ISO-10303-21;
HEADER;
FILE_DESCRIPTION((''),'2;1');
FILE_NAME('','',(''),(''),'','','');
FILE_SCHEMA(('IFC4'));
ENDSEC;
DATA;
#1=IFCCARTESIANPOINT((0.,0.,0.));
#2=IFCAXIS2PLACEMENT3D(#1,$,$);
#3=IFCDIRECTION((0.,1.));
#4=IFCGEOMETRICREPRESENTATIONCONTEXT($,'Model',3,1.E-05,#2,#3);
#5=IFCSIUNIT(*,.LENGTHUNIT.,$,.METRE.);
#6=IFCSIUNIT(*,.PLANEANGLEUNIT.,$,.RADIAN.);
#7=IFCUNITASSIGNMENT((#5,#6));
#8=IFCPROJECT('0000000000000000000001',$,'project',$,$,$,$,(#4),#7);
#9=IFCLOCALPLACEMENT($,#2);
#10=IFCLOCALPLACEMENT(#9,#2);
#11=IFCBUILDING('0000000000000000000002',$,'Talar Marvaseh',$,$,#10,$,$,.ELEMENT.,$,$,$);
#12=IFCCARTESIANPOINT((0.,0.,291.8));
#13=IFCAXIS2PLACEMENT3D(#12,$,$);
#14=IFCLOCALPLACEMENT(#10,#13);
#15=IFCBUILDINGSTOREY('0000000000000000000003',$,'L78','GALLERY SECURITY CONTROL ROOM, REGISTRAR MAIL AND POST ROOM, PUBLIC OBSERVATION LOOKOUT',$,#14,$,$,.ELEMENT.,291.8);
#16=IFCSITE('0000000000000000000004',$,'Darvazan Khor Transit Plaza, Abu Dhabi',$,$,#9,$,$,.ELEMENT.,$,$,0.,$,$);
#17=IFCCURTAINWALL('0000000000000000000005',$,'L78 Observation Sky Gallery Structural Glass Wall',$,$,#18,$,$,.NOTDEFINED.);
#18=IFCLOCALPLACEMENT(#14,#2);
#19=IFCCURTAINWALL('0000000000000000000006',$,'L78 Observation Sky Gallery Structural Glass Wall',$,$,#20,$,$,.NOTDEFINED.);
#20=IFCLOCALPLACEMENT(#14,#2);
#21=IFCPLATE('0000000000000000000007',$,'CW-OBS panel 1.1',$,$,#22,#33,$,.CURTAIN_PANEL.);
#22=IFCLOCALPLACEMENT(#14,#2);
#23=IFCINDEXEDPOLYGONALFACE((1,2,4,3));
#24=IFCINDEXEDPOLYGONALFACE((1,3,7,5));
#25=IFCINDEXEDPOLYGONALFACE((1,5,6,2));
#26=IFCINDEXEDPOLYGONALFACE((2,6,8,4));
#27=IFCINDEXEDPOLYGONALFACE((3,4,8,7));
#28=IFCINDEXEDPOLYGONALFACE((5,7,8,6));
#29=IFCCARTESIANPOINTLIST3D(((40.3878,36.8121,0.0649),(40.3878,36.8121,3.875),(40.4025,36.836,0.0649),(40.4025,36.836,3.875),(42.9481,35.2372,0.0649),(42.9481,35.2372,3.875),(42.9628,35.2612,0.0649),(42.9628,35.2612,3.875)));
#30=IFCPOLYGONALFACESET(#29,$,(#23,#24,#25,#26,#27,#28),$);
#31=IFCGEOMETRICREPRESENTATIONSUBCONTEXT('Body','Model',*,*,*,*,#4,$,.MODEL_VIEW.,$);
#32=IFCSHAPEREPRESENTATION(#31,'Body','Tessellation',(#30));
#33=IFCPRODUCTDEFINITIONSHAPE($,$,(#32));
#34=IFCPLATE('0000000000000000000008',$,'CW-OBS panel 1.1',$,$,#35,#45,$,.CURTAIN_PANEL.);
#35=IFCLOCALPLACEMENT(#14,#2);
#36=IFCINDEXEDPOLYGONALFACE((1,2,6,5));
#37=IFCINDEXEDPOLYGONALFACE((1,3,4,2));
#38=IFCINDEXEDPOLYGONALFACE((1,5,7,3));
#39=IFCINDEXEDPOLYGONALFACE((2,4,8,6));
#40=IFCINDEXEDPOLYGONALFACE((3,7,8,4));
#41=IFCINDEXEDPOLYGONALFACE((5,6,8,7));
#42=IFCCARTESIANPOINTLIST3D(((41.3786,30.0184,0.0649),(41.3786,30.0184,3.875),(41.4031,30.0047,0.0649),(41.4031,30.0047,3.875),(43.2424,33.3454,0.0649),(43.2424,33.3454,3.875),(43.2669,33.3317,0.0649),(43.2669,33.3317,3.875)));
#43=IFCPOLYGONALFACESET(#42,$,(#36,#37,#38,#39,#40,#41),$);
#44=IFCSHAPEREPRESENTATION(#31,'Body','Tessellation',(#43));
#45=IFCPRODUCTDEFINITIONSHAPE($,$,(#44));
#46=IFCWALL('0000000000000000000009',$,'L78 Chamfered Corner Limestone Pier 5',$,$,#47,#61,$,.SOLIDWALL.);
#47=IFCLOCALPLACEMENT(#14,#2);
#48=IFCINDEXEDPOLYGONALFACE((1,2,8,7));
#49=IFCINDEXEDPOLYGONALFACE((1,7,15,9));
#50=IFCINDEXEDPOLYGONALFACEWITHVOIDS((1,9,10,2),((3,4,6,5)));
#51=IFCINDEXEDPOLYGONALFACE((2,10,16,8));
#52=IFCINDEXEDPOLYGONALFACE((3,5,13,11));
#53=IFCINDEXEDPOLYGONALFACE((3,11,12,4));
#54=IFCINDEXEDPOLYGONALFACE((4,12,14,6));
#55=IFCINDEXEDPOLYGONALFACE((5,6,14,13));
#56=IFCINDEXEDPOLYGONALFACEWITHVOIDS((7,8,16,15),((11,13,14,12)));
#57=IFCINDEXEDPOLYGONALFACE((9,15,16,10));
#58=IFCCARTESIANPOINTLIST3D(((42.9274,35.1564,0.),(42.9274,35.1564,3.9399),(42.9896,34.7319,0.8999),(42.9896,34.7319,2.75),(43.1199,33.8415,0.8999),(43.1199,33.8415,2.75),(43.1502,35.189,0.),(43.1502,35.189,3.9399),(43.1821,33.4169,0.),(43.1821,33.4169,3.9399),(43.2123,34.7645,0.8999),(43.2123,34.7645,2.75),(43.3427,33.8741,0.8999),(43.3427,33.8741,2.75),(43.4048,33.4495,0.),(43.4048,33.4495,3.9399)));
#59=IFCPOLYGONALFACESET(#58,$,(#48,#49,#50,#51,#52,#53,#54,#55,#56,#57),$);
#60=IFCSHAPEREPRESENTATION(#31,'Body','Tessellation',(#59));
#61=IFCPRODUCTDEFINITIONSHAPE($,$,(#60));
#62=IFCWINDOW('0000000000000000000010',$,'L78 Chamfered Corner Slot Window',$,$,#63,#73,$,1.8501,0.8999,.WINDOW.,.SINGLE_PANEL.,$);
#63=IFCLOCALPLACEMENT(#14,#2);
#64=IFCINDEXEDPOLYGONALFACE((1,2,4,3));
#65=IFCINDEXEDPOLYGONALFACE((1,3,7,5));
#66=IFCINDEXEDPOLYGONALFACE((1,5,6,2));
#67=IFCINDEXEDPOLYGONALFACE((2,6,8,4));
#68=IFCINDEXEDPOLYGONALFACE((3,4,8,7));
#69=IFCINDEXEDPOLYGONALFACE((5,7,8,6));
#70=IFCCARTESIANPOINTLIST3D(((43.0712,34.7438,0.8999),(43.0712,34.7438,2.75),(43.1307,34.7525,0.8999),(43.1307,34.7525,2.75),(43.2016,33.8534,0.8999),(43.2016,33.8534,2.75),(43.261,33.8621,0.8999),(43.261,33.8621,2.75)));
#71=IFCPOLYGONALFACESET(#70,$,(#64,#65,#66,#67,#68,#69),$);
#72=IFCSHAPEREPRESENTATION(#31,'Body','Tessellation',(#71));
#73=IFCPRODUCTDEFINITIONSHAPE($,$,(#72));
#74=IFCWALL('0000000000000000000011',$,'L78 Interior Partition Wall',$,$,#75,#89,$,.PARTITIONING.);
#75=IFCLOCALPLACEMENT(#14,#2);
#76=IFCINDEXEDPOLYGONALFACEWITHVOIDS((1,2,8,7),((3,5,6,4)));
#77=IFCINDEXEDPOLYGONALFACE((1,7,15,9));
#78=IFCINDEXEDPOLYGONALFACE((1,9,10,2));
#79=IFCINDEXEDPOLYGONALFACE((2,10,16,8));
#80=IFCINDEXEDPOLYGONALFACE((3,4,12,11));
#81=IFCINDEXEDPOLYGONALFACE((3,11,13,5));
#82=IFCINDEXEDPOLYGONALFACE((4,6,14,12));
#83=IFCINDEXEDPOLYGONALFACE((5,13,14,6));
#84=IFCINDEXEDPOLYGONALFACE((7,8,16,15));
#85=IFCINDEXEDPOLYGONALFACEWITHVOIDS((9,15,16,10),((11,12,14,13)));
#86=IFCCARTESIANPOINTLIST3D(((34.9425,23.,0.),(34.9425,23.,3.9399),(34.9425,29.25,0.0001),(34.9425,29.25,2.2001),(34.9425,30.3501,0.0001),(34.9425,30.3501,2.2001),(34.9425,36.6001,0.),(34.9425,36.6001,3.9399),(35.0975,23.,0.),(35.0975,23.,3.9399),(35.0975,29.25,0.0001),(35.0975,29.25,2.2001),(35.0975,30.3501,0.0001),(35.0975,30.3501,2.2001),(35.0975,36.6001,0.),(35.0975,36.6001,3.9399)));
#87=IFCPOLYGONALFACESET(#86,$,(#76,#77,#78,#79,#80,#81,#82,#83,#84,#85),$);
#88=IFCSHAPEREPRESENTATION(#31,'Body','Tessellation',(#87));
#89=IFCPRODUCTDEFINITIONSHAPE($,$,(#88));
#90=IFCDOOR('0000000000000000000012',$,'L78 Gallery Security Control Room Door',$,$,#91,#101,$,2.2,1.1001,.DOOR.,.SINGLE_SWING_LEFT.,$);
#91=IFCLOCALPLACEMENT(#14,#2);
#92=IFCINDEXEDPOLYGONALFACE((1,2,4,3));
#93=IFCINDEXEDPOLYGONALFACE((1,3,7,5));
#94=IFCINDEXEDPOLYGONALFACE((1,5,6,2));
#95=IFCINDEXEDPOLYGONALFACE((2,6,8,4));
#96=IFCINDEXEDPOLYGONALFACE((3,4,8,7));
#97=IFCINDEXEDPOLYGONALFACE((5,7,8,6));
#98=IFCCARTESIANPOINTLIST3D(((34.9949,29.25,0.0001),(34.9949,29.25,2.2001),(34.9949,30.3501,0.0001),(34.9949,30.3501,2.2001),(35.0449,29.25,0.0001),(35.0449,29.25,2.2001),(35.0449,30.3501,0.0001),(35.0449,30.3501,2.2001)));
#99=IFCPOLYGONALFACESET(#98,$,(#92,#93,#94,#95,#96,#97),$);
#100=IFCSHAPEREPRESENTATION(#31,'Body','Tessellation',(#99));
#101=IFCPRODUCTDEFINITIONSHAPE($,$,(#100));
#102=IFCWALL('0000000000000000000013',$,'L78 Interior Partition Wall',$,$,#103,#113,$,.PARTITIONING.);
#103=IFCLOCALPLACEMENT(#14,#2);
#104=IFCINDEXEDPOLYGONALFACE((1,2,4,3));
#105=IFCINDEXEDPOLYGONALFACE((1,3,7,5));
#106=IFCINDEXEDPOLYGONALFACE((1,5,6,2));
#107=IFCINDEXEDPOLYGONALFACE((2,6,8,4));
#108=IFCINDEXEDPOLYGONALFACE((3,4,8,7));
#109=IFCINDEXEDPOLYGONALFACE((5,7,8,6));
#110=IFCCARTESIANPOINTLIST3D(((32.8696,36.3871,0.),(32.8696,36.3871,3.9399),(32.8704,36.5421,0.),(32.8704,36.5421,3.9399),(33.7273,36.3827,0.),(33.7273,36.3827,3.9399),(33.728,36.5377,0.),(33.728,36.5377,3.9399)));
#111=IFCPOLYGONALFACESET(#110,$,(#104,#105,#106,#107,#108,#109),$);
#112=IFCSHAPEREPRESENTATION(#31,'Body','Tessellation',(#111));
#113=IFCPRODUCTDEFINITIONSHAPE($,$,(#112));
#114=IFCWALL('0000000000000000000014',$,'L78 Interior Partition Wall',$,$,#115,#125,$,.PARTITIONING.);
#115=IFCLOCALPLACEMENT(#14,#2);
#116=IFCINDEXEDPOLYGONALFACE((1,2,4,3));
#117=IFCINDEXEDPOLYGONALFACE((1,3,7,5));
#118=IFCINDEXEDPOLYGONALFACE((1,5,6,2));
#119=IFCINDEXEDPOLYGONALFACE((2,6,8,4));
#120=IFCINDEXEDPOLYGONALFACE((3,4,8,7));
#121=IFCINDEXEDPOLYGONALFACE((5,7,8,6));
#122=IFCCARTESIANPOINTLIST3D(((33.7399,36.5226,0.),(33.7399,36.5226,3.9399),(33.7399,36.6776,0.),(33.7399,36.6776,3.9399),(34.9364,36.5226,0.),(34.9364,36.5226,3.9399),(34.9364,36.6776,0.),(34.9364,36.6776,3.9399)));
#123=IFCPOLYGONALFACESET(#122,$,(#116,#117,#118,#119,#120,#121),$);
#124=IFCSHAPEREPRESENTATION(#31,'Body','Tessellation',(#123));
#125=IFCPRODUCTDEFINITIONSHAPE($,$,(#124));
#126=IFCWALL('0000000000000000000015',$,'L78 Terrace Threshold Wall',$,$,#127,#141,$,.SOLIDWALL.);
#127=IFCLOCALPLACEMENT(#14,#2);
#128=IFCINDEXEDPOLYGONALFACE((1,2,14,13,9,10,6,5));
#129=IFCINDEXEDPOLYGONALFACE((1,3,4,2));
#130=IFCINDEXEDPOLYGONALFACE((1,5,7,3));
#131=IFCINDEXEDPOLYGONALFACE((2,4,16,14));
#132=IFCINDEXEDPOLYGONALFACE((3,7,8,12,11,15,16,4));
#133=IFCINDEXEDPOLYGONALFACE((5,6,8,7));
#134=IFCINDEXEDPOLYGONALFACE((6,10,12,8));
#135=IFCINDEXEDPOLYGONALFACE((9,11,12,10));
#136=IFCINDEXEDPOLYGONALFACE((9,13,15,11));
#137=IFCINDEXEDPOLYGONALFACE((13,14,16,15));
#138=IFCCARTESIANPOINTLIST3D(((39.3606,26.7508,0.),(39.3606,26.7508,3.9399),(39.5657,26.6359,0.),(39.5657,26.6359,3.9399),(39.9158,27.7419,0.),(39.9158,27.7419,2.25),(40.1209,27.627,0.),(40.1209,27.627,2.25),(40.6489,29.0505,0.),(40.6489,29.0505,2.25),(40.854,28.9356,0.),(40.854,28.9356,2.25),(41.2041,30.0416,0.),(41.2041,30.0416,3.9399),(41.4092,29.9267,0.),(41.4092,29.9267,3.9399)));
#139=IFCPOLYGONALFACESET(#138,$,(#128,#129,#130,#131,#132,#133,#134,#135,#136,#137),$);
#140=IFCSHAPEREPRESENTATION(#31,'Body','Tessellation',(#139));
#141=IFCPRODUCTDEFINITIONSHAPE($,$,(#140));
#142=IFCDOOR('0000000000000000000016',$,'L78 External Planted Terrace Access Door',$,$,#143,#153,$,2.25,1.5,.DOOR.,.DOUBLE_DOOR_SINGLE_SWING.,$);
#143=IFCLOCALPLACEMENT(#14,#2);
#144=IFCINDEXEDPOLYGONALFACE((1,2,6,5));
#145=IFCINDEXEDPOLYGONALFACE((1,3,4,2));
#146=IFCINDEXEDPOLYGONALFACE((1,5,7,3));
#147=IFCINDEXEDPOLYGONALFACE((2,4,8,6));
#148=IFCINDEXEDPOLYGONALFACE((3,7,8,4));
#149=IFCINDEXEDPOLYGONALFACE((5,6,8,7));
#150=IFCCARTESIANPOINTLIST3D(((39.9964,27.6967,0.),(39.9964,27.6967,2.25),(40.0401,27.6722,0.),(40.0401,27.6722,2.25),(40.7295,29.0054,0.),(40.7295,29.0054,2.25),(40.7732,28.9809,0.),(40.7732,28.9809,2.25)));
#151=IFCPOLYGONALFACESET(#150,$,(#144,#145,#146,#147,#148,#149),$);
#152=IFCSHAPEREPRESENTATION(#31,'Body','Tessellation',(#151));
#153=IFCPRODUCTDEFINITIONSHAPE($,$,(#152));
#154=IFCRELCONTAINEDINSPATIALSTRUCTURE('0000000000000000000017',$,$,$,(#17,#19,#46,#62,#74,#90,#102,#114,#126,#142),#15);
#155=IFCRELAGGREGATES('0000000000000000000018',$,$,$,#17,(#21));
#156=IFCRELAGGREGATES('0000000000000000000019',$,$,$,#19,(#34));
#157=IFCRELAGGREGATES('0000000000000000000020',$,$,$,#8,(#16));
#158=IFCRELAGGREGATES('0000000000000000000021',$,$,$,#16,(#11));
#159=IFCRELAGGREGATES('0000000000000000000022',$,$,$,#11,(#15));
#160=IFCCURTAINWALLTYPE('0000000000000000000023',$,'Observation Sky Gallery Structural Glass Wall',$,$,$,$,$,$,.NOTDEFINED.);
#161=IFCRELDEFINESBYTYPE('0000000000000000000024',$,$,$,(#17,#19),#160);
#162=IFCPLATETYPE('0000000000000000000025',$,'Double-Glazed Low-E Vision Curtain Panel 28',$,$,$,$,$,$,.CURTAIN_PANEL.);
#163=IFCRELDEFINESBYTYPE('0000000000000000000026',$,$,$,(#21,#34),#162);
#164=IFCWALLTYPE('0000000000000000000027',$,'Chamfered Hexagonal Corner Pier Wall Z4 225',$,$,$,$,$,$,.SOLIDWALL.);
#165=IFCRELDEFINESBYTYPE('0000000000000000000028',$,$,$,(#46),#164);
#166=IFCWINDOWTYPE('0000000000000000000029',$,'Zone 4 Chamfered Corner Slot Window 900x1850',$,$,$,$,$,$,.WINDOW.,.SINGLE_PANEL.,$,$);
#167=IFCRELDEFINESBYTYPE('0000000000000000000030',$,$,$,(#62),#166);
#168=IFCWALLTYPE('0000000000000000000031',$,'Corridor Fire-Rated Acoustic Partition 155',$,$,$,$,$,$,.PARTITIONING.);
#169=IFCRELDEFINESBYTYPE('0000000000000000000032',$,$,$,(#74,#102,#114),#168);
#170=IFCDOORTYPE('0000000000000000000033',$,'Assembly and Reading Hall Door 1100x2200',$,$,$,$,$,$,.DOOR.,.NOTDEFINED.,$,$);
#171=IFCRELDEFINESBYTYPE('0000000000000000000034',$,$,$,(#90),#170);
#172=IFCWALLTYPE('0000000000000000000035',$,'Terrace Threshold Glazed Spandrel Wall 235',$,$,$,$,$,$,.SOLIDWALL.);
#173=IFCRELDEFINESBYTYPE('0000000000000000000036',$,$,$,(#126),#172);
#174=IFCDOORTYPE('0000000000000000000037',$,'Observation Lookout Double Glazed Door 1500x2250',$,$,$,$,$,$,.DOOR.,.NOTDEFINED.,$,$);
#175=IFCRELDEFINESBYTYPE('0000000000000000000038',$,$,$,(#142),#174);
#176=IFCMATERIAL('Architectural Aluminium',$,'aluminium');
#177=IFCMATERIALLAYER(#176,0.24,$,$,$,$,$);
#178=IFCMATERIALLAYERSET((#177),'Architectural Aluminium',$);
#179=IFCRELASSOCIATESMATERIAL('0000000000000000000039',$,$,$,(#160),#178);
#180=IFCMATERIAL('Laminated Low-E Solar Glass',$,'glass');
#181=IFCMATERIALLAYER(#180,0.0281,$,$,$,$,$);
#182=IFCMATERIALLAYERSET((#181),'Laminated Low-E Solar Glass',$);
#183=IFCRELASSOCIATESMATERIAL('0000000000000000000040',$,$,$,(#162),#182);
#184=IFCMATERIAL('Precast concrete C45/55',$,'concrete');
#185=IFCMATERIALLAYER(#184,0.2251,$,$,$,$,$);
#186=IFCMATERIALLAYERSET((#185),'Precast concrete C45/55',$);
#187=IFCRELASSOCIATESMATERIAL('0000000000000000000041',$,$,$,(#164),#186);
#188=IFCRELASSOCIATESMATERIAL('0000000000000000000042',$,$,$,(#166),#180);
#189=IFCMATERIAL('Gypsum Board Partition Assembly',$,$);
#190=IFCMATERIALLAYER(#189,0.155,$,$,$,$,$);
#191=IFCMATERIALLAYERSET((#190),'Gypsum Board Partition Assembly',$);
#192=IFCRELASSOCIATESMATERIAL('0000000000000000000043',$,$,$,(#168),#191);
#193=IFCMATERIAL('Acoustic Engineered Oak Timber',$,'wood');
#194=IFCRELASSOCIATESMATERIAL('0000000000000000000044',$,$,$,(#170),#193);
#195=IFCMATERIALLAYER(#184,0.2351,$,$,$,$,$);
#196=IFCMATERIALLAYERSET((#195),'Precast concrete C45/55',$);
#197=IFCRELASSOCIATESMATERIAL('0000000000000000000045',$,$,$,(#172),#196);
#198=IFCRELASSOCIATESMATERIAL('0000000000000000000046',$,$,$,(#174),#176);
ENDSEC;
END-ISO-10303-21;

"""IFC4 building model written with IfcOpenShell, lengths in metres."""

from ifc_helpers import new_model, si_unit, direction, frame, frame_2d, origin, origin_2d, place, context, subcontext, project, spatial, rectangle, extrude, source, transform, mapped, material, layer, layer_set, type_object, type_shapes, element, fill, aggregate, save


model = new_model("IFC4")

# Units and contexts
model_context = context("Model", 3, precision=1e-05, world=origin(), true_north=direction((0.0, 1.0)))
body_context = subcontext(model_context, "Body", "Model", "MODEL_VIEW")
ifc_project = project(units=[si_unit("LENGTHUNIT", "METRE"), si_unit("PLANEANGLEUNIT", "RADIAN")], contexts=[model_context])

# Site, building, storey
site_placement = place(None, origin())
site = spatial("IfcSite", under=ifc_project, at=site_placement, Name="Darvazan Khor Transit Plaza, Abu Dhabi", CompositionType="ELEMENT", RefElevation=0.0)
building_placement = place(site_placement, origin())
building = spatial("IfcBuilding", under=site, at=building_placement, Name="Talar Marvaseh", CompositionType="ELEMENT")
storey_placement = place(building_placement, frame((0.0, 0.0, 291.8)))
storey = spatial("IfcBuildingStorey", under=building, at=storey_placement, Name="L78", Description="GALLERY SECURITY CONTROL ROOM, REGISTRAR MAIL AND POST ROOM, PUBLIC OBSERVATION LOOKOUT", CompositionType="ELEMENT", Elevation=291.8)

# Curtain wall
ifc_material_1 = material(Name="Architectural Aluminium", Category="aluminium")
ifc_layer_1 = layer(ifc_material_1, 0.24)
ifc_layer_set_1 = layer_set([ifc_layer_1], Name="Architectural Aluminium")
curtain_wall_type = type_object("IfcCurtainWallType", Name="Observation Sky Gallery Structural Glass Wall", PredefinedType="NOTDEFINED", material=ifc_layer_set_1)
curtain_wall_1_placement = place(storey_placement, origin())
curtain_wall_1 = element("IfcCurtainWall", 1, at=curtain_wall_1_placement, inside=storey, type_object=curtain_wall_type, Name="L78 Observation Sky Gallery Structural Glass Wall", PredefinedType="NOTDEFINED")

# Curtain wall
curtain_wall_2_placement = place(storey_placement, origin())
curtain_wall_2 = element("IfcCurtainWall", 2, at=curtain_wall_2_placement, inside=storey, type_object=curtain_wall_type, Name="L78 Observation Sky Gallery Structural Glass Wall", PredefinedType="NOTDEFINED")

# Plates
ifc_material_2 = material(Name="Laminated Low-E Solar Glass", Category="glass")
ifc_layer_2 = layer(ifc_material_2, 0.0281)
ifc_layer_set_2 = layer_set([ifc_layer_2], Name="Laminated Low-E Solar Glass")
plate_type = type_object("IfcPlateType", Name="Double-Glazed Low-E Vision Curtain Panel 28", PredefinedType="CURTAIN_PANEL", material=ifc_layer_set_2)
shared_shape_1 = source(origin(), body_context, "Body", "SweptSolid", [
    extrude(rectangle(XDim=3.0059, YDim=0.0281, at=origin_2d()), origin(), (0.0, 0.0, 1.0), 3.8101),
])
plate_1_placement = place(storey_placement, frame((41.6753, 36.0366, 0.0649), z_axis=(0.0, 0.0, 1.0), x_axis=(0.851766, -0.523923, 0.0)))
plate_1 = element("IfcPlate", 3, at=plate_1_placement, type_object=plate_type, Name="CW-OBS panel 1.1", PredefinedType="CURTAIN_PANEL", context=body_context, shape_type="MappedRepresentation", body=[
    mapped(shared_shape_1, transform((0.0, 0.0, 0.0), x_axis=(1.0, 0.0, 0.0), y_axis=(0.0, 1.0, 0.0), z_axis=(0.0, 0.0, 1.0), scale=1.0)),
])
aggregate(curtain_wall_1, [plate_1])
shared_shape_2 = source(origin(), body_context, "Body", "SweptSolid", [
    extrude(rectangle(XDim=3.8135, YDim=0.0281, at=origin_2d()), origin(), (0.0, 0.0, 1.0), 3.8101),
])
type_shapes(plate_type, [shared_shape_1, shared_shape_2])
plate_2_placement = place(storey_placement, frame((42.3228, 31.675, 0.0649), z_axis=(0.0, 0.0, 1.0), x_axis=(-0.488745, -0.872427, 0.0)))
plate_2 = element("IfcPlate", 4, at=plate_2_placement, type_object=plate_type, Name="CW-OBS panel 1.1", PredefinedType="CURTAIN_PANEL", context=body_context, shape_type="MappedRepresentation", body=[
    mapped(shared_shape_2, transform((0.0, 0.0, 0.0), x_axis=(1.0, 0.0, 0.0), y_axis=(0.0, 1.0, 0.0), z_axis=(0.0, 0.0, 1.0), scale=1.0)),
])
aggregate(curtain_wall_2, [plate_2])

# Wall, opening, window
ifc_material_3 = material(Name="Precast concrete C45/55", Category="concrete")
ifc_layer_3 = layer(ifc_material_3, 0.2251)
ifc_layer_set_3 = layer_set([ifc_layer_3], Name="Precast concrete C45/55")
wall_type_1 = type_object("IfcWallType", Name="Chamfered Hexagonal Corner Pier Wall Z4 225", PredefinedType="SOLIDWALL", material=ifc_layer_set_3)
wall_1_placement = place(storey_placement, frame((43.0388, 35.1726, 0.0), z_axis=(0.0, 0.0, 1.0), x_axis=(0.144842, -0.989455, 0.0)))
wall_1 = element("IfcWall", 5, at=wall_1_placement, inside=storey, type_object=wall_type_1, Name="L78 Chamfered Corner Limestone Pier 5", PredefinedType="SOLIDWALL", context=body_context, shape_type="SweptSolid", body=[
    extrude(rectangle(XDim=1.7581, YDim=0.2251, at=frame_2d((0.8789, 0.0))), origin(), (0.0, 0.0, 1.0), 3.9399),
])
opening_1_placement = place(wall_1_placement, frame((0.429, 0.0, 0.8999)))
opening_1 = element("IfcOpeningElement", 6, at=opening_1_placement, cuts=wall_1, PredefinedType="OPENING", context=body_context, shape_type="SweptSolid", body=[
    extrude(rectangle(XDim=0.8999, YDim=1.8501, at=frame_2d((0.45, 0.925))), frame((0.0, 0.1226, 0.0), z_axis=(0.0, -1.0, 0.0), x_axis=(1.0, 0.0, 0.0)), (0.0, 0.0, 1.0), 0.2451),
])
window_type = type_object("IfcWindowType", Name="Zone 4 Chamfered Corner Slot Window 900x1850", PartitioningType="SINGLE_PANEL", PredefinedType="WINDOW", material=ifc_material_2)
shared_shape_3 = source(origin(), body_context, "Body", "SweptSolid", [
    extrude(rectangle(XDim=0.8999, YDim=1.8501, at=frame_2d((0.45, 0.925))), frame((0.0, 0.03, 0.0), z_axis=(0.0, -1.0, 0.0), x_axis=(1.0, 0.0, 0.0)), (0.0, 0.0, 1.0), 0.0601),
])
type_shapes(window_type, [shared_shape_3])
window_placement = place(opening_1_placement, origin())
window = element("IfcWindow", 7, at=window_placement, inside=storey, type_object=window_type, Name="L78 Chamfered Corner Slot Window", OverallHeight=1.8501, OverallWidth=0.8999, PartitioningType="SINGLE_PANEL", PredefinedType="WINDOW", context=body_context, shape_type="MappedRepresentation", body=[
    mapped(shared_shape_3, transform((0.0, 0.0, 0.0), x_axis=(1.0, 0.0, 0.0), y_axis=(0.0, 1.0, 0.0), z_axis=(0.0, 0.0, 1.0), scale=1.0)),
])
fill(opening_1, window)

# Wall, opening, door
ifc_material_4 = material(Name="Gypsum Board Partition Assembly")
ifc_layer_4 = layer(ifc_material_4, 0.155)
ifc_layer_set_4 = layer_set([ifc_layer_4], Name="Gypsum Board Partition Assembly")
wall_type_2 = type_object("IfcWallType", Name="Corridor Fire-Rated Acoustic Partition 155", PredefinedType="PARTITIONING", material=ifc_layer_set_4)
wall_2_placement = place(storey_placement, frame((35.02, 36.6001, 0.0), z_axis=(0.0, 0.0, 1.0), x_axis=(0.0, -1.0, 0.0)))
wall_2 = element("IfcWall", 8, at=wall_2_placement, inside=storey, type_object=wall_type_2, Name="L78 Interior Partition Wall", PredefinedType="PARTITIONING", context=body_context, shape_type="SweptSolid", body=[
    extrude(rectangle(XDim=13.6001, YDim=0.155, at=frame_2d((6.8, 0.0))), origin(), (0.0, 0.0, 1.0), 3.9399),
])
opening_2_placement = place(wall_2_placement, frame((6.25, 0.0, 0.0)))
opening_2 = element("IfcOpeningElement", 9, at=opening_2_placement, cuts=wall_2, PredefinedType="OPENING", context=body_context, shape_type="SweptSolid", body=[
    extrude(rectangle(XDim=1.1001, YDim=2.2, at=frame_2d((0.55, 1.1001))), frame((0.0, 0.0874, 0.0), z_axis=(0.0, -1.0, 0.0), x_axis=(1.0, 0.0, 0.0)), (0.0, 0.0, 1.0), 0.175),
])
ifc_material_5 = material(Name="Acoustic Engineered Oak Timber", Category="wood")
door_type_1 = type_object("IfcDoorType", Name="Assembly and Reading Hall Door 1100x2200", OperationType="NOTDEFINED", PredefinedType="DOOR", material=ifc_material_5)
shared_shape_4 = source(origin(), body_context, "Body", "SweptSolid", [
    extrude(rectangle(XDim=1.1001, YDim=2.2, at=frame_2d((0.55, 1.1001))), frame((0.0, 0.0249, 0.0), z_axis=(0.0, -1.0, 0.0), x_axis=(1.0, 0.0, 0.0)), (0.0, 0.0, 1.0), 0.05),
])
type_shapes(door_type_1, [shared_shape_4])
door_1_placement = place(opening_2_placement, origin())
door_1 = element("IfcDoor", 10, at=door_1_placement, inside=storey, type_object=door_type_1, Name="L78 Gallery Security Control Room Door", OperationType="SINGLE_SWING_LEFT", OverallHeight=2.2, OverallWidth=1.1001, PredefinedType="DOOR", context=body_context, shape_type="MappedRepresentation", body=[
    mapped(shared_shape_4, transform((0.0, 0.0, 0.0), x_axis=(1.0, 0.0, 0.0), y_axis=(0.0, 1.0, 0.0), z_axis=(0.0, 0.0, 1.0), scale=1.0)),
])
fill(opening_2, door_1)

# Walls
wall_3_placement = place(storey_placement, frame((32.8701, 36.4646, 0.0), z_axis=(0.0, 0.0, 1.0), x_axis=(0.999987, -0.005124, 0.0)))
element("IfcWall", 11, at=wall_3_placement, inside=storey, type_object=wall_type_2, Name="L78 Interior Partition Wall", PredefinedType="PARTITIONING", context=body_context, shape_type="SweptSolid", body=[
    extrude(rectangle(XDim=0.8577, YDim=0.155, at=frame_2d((0.4287, 0.0))), origin(), (0.0, 0.0, 1.0), 3.9399),
])
wall_4_placement = place(storey_placement, frame((33.74, 36.6001, 0.0), z_axis=(0.0, 0.0, 1.0), x_axis=(1.0, 0.0, 0.0)))
element("IfcWall", 12, at=wall_4_placement, inside=storey, type_object=wall_type_2, Name="L78 Interior Partition Wall", PredefinedType="PARTITIONING", context=body_context, shape_type="SweptSolid", body=[
    extrude(rectangle(XDim=1.1965, YDim=0.155, at=frame_2d((0.5981, 0.0))), origin(), (0.0, 0.0, 1.0), 3.9399),
])

# Wall, opening, door
ifc_layer_5 = layer(ifc_material_3, 0.2351)
ifc_layer_set_5 = layer_set([ifc_layer_5], Name="Precast concrete C45/55")
wall_type_3 = type_object("IfcWallType", Name="Terrace Threshold Glazed Spandrel Wall 235", PredefinedType="SOLIDWALL", material=ifc_layer_set_5)
wall_5_placement = place(storey_placement, frame((41.3066, 29.9841, 0.0), z_axis=(0.0, 0.0, 1.0), x_axis=(-0.488739, -0.87243, 0.0)))
wall_5 = element("IfcWall", 13, at=wall_5_placement, inside=storey, type_object=wall_type_3, Name="L78 Terrace Threshold Wall", PredefinedType="SOLIDWALL", context=body_context, shape_type="SweptSolid", body=[
    extrude(rectangle(XDim=3.772, YDim=0.2351, at=frame_2d((1.886, 0.0))), origin(), (0.0, 0.0, 1.0), 3.9399),
])
opening_3_placement = place(wall_5_placement, frame((1.136, 0.0, 0.0)))
opening_3 = element("IfcOpeningElement", 14, at=opening_3_placement, cuts=wall_5, PredefinedType="OPENING", context=body_context, shape_type="SweptSolid", body=[
    extrude(rectangle(XDim=1.5, YDim=2.25, at=frame_2d((0.75, 1.125))), frame((0.0, 0.1274, 0.0), z_axis=(0.0, -1.0, 0.0), x_axis=(1.0, 0.0, 0.0)), (0.0, 0.0, 1.0), 0.2551),
])
door_type_2 = type_object("IfcDoorType", Name="Observation Lookout Double Glazed Door 1500x2250", OperationType="NOTDEFINED", PredefinedType="DOOR", material=ifc_material_1)
shared_shape_5 = source(origin(), body_context, "Body", "SweptSolid", [
    extrude(rectangle(XDim=1.5, YDim=2.25, at=frame_2d((0.75, 1.125))), frame((0.0, 0.0249, 0.0), z_axis=(0.0, -1.0, 0.0), x_axis=(1.0, 0.0, 0.0)), (0.0, 0.0, 1.0), 0.05),
])
type_shapes(door_type_2, [shared_shape_5])
door_2_placement = place(opening_3_placement, origin())
door_2 = element("IfcDoor", 15, at=door_2_placement, inside=storey, type_object=door_type_2, Name="L78 External Planted Terrace Access Door", OperationType="DOUBLE_DOOR_SINGLE_SWING", OverallHeight=2.25, OverallWidth=1.5, PredefinedType="DOOR", context=body_context, shape_type="MappedRepresentation", body=[
    mapped(shared_shape_5, transform((0.0, 0.0, 0.0), x_axis=(1.0, 0.0, 0.0), y_axis=(0.0, 1.0, 0.0), z_axis=(0.0, 0.0, 1.0), scale=1.0)),
])
fill(opening_3, door_2)

save(model, "model.ifc")
